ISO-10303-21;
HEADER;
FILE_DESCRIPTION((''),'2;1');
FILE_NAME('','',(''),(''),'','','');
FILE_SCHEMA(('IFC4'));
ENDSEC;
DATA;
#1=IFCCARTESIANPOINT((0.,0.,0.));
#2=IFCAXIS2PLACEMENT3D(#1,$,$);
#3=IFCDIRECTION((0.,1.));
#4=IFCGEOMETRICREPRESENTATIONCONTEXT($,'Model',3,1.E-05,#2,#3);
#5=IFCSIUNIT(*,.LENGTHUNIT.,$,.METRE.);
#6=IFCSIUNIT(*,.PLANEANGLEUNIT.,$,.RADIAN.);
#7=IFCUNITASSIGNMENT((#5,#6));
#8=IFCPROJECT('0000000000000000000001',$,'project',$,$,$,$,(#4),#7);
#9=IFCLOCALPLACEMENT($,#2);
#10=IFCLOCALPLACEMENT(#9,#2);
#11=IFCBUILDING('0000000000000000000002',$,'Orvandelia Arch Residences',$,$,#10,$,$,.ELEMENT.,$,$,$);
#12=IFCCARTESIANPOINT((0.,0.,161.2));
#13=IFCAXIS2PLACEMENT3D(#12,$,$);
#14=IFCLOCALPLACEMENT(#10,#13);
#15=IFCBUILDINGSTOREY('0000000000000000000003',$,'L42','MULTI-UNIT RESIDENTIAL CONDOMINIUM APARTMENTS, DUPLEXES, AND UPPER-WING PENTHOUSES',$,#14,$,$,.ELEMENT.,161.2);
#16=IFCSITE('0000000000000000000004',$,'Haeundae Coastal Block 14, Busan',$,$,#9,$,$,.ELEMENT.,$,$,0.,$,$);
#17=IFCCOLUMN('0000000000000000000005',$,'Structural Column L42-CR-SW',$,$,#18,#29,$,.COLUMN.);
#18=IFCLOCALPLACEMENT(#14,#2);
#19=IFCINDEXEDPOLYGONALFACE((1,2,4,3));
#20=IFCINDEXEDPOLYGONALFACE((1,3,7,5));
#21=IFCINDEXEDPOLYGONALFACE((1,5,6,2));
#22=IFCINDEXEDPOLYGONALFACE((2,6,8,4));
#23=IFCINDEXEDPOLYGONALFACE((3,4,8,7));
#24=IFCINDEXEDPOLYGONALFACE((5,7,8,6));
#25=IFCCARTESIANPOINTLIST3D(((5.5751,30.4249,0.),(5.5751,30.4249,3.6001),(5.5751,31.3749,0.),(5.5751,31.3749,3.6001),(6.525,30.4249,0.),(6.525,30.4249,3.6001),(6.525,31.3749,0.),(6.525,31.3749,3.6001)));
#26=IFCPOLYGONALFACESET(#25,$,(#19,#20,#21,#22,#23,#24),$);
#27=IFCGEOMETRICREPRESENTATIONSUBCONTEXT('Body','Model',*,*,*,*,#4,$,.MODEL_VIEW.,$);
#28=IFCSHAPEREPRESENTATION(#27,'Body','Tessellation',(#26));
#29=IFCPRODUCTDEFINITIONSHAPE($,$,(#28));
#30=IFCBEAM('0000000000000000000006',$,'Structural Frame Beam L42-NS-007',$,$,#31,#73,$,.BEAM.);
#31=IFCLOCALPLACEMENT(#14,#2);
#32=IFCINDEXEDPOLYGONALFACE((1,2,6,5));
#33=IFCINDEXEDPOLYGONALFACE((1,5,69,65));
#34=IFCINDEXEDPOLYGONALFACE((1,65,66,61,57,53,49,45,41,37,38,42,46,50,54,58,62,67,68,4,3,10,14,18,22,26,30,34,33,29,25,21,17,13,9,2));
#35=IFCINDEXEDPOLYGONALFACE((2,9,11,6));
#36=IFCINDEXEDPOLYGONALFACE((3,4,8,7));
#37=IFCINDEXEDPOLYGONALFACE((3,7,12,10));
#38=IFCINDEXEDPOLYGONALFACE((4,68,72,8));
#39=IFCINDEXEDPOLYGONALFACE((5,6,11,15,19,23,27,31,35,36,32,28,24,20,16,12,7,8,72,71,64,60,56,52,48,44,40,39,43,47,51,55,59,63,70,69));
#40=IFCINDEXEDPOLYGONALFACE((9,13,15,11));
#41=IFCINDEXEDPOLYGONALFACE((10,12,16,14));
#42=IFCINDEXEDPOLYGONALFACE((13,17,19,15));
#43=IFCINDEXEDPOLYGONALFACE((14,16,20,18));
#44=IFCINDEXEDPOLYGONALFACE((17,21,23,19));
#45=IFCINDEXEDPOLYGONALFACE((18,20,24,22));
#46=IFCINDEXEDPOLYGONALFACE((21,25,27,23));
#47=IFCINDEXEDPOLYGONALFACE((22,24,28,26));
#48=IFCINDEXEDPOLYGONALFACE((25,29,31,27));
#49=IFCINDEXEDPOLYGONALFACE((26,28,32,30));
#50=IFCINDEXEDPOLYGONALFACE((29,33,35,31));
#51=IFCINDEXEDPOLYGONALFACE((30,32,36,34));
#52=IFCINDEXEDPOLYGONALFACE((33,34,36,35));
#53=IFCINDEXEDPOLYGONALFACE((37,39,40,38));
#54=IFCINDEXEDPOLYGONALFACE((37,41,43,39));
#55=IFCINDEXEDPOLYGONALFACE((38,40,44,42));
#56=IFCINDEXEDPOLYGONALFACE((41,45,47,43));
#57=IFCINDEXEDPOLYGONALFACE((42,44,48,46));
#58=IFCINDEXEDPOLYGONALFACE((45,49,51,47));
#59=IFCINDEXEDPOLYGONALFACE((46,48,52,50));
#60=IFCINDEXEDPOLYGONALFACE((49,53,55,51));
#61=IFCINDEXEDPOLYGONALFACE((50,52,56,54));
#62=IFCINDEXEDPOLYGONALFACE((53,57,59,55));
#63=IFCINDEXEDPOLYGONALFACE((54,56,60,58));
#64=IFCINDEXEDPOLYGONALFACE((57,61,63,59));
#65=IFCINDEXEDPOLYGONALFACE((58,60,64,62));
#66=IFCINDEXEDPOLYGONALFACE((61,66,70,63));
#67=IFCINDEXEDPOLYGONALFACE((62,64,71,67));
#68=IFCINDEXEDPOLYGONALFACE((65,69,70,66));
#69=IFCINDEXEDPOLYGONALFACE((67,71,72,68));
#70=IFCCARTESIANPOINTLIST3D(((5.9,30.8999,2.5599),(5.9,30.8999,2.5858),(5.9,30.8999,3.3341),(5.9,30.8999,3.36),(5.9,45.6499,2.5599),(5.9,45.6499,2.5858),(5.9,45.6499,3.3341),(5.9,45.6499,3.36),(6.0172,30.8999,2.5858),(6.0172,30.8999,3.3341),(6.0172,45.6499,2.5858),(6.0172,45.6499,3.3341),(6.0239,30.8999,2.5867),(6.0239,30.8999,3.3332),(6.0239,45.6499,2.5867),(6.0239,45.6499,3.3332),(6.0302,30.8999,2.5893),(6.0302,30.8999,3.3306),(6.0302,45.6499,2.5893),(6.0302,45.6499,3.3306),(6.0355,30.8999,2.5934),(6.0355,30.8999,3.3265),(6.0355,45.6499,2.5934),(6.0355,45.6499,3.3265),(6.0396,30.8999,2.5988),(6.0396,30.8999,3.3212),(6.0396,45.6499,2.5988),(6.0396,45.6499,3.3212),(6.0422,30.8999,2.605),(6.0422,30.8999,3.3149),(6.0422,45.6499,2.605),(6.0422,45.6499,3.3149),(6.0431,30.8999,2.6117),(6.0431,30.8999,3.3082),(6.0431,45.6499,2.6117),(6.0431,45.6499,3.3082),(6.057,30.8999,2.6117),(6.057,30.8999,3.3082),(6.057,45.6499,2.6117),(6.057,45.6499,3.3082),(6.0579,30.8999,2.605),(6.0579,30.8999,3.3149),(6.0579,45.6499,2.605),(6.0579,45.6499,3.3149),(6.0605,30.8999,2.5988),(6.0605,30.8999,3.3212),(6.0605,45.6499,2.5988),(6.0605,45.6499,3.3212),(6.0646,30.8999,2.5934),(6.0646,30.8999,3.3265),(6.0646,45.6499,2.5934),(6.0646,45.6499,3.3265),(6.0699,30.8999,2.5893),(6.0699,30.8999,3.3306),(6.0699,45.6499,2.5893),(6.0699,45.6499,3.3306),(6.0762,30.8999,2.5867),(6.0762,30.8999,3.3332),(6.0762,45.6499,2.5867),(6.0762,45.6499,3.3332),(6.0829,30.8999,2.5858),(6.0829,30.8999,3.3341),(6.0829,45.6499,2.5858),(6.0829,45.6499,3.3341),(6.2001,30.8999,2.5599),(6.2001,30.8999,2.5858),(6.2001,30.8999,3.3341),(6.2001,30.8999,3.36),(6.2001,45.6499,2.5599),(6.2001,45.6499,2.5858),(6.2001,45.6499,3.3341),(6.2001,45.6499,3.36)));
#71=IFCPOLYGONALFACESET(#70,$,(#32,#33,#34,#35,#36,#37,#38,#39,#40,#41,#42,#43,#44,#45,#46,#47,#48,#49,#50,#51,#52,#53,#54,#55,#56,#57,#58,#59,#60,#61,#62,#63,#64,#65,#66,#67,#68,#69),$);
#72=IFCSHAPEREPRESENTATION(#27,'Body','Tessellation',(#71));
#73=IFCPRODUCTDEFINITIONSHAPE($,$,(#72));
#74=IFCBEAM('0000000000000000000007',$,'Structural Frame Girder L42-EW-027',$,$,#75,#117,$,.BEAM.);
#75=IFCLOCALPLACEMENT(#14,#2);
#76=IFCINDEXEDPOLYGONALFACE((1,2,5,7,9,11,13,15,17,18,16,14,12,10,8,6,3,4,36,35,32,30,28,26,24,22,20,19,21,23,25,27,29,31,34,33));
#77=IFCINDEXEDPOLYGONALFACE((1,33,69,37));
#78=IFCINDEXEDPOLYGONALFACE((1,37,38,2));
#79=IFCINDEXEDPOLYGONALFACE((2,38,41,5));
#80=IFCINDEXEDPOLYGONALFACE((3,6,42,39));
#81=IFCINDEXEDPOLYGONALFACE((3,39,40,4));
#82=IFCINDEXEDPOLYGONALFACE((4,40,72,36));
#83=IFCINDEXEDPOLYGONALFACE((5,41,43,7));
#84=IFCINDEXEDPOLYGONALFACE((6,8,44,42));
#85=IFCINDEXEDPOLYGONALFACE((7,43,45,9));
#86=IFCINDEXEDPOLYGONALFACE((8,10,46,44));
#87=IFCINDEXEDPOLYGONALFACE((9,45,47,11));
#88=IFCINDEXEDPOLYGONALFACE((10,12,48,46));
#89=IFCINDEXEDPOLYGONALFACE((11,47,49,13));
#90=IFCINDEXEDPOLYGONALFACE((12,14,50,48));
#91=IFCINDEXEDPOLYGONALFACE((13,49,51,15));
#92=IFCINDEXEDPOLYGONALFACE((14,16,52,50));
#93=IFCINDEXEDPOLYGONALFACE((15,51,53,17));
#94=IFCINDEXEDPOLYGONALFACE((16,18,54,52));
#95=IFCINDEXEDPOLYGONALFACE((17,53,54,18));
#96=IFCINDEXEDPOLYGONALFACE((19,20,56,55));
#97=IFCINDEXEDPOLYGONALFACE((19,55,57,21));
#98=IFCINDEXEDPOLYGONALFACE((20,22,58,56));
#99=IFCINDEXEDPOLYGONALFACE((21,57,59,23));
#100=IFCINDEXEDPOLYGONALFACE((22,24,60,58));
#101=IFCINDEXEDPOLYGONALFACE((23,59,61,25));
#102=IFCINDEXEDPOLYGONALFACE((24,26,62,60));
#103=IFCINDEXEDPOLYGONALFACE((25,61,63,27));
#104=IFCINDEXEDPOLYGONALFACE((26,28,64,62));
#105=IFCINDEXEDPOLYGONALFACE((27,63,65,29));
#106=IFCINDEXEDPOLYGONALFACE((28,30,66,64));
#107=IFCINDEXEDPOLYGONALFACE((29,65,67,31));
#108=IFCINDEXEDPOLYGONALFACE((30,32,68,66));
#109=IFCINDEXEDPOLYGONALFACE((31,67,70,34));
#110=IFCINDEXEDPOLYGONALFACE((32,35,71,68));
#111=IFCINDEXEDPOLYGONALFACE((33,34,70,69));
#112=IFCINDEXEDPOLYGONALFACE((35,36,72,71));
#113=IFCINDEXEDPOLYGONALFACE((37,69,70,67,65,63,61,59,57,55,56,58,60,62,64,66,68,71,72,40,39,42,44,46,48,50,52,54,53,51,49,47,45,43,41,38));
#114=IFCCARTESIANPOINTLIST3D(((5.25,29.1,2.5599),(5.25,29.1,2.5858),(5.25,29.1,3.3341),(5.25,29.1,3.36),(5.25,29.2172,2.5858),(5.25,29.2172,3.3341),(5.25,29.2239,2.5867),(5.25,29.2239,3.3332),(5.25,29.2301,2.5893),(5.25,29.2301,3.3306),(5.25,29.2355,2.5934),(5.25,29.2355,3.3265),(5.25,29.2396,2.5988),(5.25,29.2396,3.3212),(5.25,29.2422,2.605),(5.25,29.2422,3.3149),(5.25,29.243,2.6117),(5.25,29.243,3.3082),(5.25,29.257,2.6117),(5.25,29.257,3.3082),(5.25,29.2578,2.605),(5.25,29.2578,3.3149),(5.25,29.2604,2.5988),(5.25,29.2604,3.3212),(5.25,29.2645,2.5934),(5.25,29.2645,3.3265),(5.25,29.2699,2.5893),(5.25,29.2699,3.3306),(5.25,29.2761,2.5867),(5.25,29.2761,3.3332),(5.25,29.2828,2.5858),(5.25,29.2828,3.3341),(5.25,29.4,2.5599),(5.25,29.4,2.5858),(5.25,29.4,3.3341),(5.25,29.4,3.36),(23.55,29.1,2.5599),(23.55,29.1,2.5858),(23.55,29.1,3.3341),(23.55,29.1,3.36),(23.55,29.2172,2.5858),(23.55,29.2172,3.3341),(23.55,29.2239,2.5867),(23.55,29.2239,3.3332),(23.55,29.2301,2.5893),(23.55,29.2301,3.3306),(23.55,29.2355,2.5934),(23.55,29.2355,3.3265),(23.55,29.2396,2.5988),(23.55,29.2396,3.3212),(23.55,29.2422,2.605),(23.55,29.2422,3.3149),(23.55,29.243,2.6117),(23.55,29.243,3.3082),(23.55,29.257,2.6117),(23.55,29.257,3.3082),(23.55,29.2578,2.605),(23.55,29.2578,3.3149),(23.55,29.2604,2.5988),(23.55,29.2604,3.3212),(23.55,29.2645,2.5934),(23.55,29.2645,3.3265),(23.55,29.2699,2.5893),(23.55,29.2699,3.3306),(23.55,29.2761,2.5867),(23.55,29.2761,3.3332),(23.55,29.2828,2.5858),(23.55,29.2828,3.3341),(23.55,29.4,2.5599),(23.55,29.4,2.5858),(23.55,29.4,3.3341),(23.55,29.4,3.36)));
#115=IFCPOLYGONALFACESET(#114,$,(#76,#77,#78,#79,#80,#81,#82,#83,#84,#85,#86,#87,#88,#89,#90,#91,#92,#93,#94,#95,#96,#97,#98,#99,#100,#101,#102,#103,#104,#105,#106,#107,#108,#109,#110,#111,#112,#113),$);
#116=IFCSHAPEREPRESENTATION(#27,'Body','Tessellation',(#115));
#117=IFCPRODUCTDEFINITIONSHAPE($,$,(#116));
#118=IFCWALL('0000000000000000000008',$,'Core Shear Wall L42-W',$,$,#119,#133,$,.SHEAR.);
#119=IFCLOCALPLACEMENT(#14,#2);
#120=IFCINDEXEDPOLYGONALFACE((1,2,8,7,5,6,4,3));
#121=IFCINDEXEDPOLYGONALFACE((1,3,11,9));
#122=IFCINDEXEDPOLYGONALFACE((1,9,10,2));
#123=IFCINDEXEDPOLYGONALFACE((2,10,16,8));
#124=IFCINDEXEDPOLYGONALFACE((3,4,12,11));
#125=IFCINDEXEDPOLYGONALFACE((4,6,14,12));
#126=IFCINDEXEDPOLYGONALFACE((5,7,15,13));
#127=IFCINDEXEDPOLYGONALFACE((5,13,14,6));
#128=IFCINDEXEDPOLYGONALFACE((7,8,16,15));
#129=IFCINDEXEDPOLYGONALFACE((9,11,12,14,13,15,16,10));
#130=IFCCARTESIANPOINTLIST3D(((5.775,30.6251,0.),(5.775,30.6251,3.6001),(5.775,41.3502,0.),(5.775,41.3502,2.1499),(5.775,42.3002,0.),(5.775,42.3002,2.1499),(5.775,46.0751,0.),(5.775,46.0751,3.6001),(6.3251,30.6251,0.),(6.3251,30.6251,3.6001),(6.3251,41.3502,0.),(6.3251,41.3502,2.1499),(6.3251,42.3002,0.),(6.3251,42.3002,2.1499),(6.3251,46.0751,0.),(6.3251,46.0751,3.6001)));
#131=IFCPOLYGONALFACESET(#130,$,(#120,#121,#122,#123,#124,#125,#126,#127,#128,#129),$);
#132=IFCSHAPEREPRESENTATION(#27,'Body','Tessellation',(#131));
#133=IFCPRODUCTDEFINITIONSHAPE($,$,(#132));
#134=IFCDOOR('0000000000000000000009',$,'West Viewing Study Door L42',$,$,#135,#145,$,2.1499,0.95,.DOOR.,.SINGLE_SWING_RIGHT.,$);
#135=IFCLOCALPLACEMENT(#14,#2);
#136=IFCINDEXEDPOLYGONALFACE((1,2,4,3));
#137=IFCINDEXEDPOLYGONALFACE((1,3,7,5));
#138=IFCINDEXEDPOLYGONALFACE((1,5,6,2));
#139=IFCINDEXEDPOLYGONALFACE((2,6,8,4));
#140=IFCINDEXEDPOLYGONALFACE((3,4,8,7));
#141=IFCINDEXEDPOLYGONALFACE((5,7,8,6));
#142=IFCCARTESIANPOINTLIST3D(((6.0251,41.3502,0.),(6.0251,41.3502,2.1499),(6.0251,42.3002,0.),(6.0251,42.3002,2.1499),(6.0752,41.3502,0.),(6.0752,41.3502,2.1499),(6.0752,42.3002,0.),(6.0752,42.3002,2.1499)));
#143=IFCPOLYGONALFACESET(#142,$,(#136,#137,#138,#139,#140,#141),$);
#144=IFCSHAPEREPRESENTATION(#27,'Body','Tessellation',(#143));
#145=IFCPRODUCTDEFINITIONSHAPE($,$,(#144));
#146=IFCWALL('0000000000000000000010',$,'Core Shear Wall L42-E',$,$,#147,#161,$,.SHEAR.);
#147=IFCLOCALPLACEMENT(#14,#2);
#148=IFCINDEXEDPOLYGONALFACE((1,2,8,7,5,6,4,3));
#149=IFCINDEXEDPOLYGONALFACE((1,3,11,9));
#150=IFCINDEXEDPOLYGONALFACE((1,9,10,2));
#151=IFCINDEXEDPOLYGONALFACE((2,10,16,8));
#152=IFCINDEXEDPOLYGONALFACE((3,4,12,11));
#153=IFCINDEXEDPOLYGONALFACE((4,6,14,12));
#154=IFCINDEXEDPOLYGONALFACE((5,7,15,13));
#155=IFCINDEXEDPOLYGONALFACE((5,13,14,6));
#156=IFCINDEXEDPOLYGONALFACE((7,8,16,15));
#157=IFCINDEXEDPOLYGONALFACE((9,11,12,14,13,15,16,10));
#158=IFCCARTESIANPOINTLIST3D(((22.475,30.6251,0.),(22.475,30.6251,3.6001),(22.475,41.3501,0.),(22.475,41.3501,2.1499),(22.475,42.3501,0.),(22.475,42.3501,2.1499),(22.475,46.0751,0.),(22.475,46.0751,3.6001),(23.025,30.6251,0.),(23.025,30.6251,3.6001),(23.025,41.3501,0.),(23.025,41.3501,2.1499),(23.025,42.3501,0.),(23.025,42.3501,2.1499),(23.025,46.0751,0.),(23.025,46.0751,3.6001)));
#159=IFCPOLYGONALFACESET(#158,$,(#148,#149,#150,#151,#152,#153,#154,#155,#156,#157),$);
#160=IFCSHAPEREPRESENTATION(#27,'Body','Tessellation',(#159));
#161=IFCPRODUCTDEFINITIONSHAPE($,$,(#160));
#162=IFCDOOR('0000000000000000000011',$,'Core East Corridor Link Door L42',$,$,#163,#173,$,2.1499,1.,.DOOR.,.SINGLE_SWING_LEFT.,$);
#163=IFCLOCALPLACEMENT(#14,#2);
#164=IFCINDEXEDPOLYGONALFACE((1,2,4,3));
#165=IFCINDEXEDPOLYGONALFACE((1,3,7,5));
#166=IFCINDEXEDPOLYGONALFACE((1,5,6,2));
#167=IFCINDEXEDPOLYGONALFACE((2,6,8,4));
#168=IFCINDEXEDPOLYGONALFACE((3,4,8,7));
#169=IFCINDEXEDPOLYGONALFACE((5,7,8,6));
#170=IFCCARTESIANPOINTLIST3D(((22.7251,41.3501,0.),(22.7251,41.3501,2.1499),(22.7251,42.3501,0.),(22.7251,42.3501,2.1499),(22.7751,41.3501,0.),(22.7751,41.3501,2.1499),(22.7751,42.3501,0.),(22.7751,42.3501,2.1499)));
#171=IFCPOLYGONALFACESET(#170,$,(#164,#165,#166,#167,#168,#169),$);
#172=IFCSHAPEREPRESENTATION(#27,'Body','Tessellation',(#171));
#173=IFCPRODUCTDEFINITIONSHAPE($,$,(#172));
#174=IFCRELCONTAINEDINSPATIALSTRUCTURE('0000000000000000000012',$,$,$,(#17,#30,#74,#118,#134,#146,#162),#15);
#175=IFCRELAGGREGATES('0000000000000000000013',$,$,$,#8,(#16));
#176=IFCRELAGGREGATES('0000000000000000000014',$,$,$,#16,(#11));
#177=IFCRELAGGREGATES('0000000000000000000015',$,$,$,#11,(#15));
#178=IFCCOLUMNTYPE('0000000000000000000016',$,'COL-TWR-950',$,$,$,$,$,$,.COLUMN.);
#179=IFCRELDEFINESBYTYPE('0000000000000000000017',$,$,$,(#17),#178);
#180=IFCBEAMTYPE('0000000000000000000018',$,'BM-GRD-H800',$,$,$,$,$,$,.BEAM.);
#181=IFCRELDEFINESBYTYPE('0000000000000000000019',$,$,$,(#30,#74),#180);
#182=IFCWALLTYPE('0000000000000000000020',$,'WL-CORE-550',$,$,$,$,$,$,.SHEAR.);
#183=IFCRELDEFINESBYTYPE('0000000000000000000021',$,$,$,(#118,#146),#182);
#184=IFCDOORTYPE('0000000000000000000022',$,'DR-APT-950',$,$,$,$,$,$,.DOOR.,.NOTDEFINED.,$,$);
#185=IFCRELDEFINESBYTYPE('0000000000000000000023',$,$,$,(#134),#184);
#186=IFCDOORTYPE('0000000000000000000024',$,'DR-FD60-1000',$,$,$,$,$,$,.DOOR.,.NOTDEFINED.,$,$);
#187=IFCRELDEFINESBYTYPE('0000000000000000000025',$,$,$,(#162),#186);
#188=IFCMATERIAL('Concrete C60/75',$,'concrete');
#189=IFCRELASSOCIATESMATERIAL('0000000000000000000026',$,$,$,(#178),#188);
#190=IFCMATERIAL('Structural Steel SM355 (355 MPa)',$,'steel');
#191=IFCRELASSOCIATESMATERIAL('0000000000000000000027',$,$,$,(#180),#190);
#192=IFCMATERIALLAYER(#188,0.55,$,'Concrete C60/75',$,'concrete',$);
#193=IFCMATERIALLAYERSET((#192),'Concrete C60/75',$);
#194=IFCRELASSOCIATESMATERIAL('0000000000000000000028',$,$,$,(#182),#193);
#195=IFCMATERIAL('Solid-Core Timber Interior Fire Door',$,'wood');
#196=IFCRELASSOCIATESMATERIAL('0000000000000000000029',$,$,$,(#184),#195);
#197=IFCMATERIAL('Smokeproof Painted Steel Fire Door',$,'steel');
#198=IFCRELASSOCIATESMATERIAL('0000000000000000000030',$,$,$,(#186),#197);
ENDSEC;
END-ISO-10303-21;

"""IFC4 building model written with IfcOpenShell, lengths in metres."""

from ifc_helpers import new_model, si_unit, direction, frame, frame_2d, origin, origin_2d, place, context, subcontext, project, spatial, rectangle, i_section, extrude, material, layer, layer_set, material_profile, profile_set, type_object, element, fill, save


model = new_model("IFC4")

# Units and contexts
model_context = context("Model", 3, precision=1e-05, world=origin(), true_north=direction((0.0, 1.0)))
body_context = subcontext(model_context, "Body", "Model", "MODEL_VIEW")
ifc_project = project(units=[si_unit("LENGTHUNIT", "METRE"), si_unit("PLANEANGLEUNIT", "RADIAN")], contexts=[model_context])

# Site, building, storey
site_placement = place(None, origin())
site = spatial("IfcSite", under=ifc_project, at=site_placement, Name="Haeundae Coastal Block 14, Busan", CompositionType="ELEMENT", RefElevation=0.0)
building_placement = place(site_placement, origin())
building = spatial("IfcBuilding", under=site, at=building_placement, Name="Orvandelia Arch Residences", CompositionType="ELEMENT")
storey_placement = place(building_placement, frame((0.0, 0.0, 161.2)))
storey = spatial("IfcBuildingStorey", under=building, at=storey_placement, Name="L42", Description="MULTI-UNIT RESIDENTIAL CONDOMINIUM APARTMENTS, DUPLEXES, AND UPPER-WING PENTHOUSES", CompositionType="ELEMENT", Elevation=161.2)

# Column
ifc_material_1 = material(Name="Concrete C60/75", Category="concrete")
ifc_material_profile_1 = material_profile(ifc_material_1, rectangle(XDim=0.95, YDim=0.95, at=origin_2d()), Name="Concrete C60/75", Category="concrete")
ifc_profile_set_1 = profile_set([ifc_material_profile_1], Name="Concrete C60/75")
column_type = type_object("IfcColumnType", Name="COL-TWR-950", PredefinedType="COLUMN", material=ifc_profile_set_1)
column_placement = place(storey_placement, frame((6.05, 30.8999, 0.0), z_axis=(0.0, 0.0, 1.0), x_axis=(1.0, 0.0, 0.0)))
element("IfcColumn", 1, at=column_placement, inside=storey, type_object=column_type, Name="Structural Column L42-CR-SW", PredefinedType="COLUMN", context=body_context, shape_type="SweptSolid", body=[
    extrude(rectangle(XDim=0.95, YDim=0.95, at=origin_2d()), origin(), (0.0, 0.0, 1.0), 3.6001),
])

# Beams
ifc_material_2 = material(Name="Structural Steel SM355 (355 MPa)", Category="steel")
ifc_material_profile_2 = material_profile(ifc_material_2, i_section(OverallWidth=0.3, OverallDepth=0.8, WebThickness=0.0139, FlangeThickness=0.0259, FilletRadius=0.0259, at=origin_2d()), Name="Structural Steel SM355 (355 MPa)", Category="steel")
ifc_profile_set_2 = profile_set([ifc_material_profile_2], Name="Structural Steel SM355 (355 MPa)")
beam_type = type_object("IfcBeamType", Name="BM-GRD-H800", PredefinedType="BEAM", material=ifc_profile_set_2)
beam_1_placement = place(storey_placement, frame((6.05, 30.8999, 2.96), z_axis=(0.0, 1.0, 0.0), x_axis=(-1.0, 0.0, 0.0)))
element("IfcBeam", 2, at=beam_1_placement, inside=storey, type_object=beam_type, Name="Structural Frame Beam L42-NS-007", PredefinedType="BEAM", context=body_context, shape_type="SweptSolid", body=[
    extrude(i_section(OverallWidth=0.3, OverallDepth=0.8, WebThickness=0.0139, FlangeThickness=0.0259, FilletRadius=0.0259, at=origin_2d()), origin(), (0.0, 0.0, 1.0), 14.75),
])
beam_2_placement = place(storey_placement, frame((5.25, 29.25, 2.96), z_axis=(1.0, 0.0, 0.0), x_axis=(0.0, 1.0, 0.0)))
element("IfcBeam", 3, at=beam_2_placement, inside=storey, type_object=beam_type, Name="Structural Frame Girder L42-EW-027", PredefinedType="BEAM", context=body_context, shape_type="SweptSolid", body=[
    extrude(i_section(OverallWidth=0.3, OverallDepth=0.8, WebThickness=0.0139, FlangeThickness=0.0259, FilletRadius=0.0259, at=origin_2d()), origin(), (0.0, 0.0, 1.0), 18.3),
])

# Walls, openings, doors
ifc_layer_1 = layer(ifc_material_1, 0.55, Name="Concrete C60/75", Category="concrete")
ifc_layer_set_1 = layer_set([ifc_layer_1], Name="Concrete C60/75")
wall_type_1 = type_object("IfcWallType", Name="WL-CORE-550", PredefinedType="SHEAR", material=ifc_layer_set_1)
wall_1_placement = place(storey_placement, frame((6.05, 30.625, 0.0), z_axis=(0.0, 0.0, 1.0), x_axis=(0.0, 1.0, 0.0)))
wall_1 = element("IfcWall", 4, at=wall_1_placement, inside=storey, type_object=wall_type_1, Name="Core Shear Wall L42-W", PredefinedType="SHEAR", context=body_context, shape_type="SweptSolid", body=[
    extrude(rectangle(XDim=15.45, YDim=0.55, at=frame_2d((7.7251, 0.0))), origin(), (0.0, 0.0, 1.0), 3.6001),
])
opening_1_placement = place(wall_1_placement, frame((10.7251, 0.0, 0.0)))
opening_1 = element("IfcOpeningElement", 5, at=opening_1_placement, cuts=wall_1, PredefinedType="OPENING", context=body_context, shape_type="SweptSolid", body=[
    extrude(rectangle(XDim=0.95, YDim=2.1499, at=frame_2d((0.4751, 1.075))), frame((0.0, 0.2852, 0.0), z_axis=(0.0, -1.0, 0.0), x_axis=(1.0, 0.0, 0.0)), (0.0, 0.0, 1.0), 0.5701),
])
ifc_material_3 = material(Name="Solid-Core Timber Interior Fire Door", Category="wood")
door_type_1 = type_object("IfcDoorType", Name="DR-APT-950", OperationType="NOTDEFINED", PredefinedType="DOOR", material=ifc_material_3)
door_1_placement = place(opening_1_placement, origin())
door_1 = element("IfcDoor", 6, at=door_1_placement, inside=storey, type_object=door_type_1, Name="West Viewing Study Door L42", OperationType="SINGLE_SWING_RIGHT", OverallHeight=2.1499, OverallWidth=0.95, PredefinedType="DOOR", context=body_context, shape_type="SweptSolid", body=[
    extrude(rectangle(XDim=0.95, YDim=2.1499, at=frame_2d((0.4751, 1.075))), frame((0.0, 0.0249, 0.0), z_axis=(0.0, -1.0, 0.0), x_axis=(1.0, 0.0, 0.0)), (0.0, 0.0, 1.0), 0.05),
])
fill(opening_1, door_1)
wall_2_placement = place(storey_placement, frame((22.75, 30.625, 0.0), z_axis=(0.0, 0.0, 1.0), x_axis=(0.0, 1.0, 0.0)))
wall_2 = element("IfcWall", 7, at=wall_2_placement, inside=storey, type_object=wall_type_1, Name="Core Shear Wall L42-E", PredefinedType="SHEAR", context=body_context, shape_type="SweptSolid", body=[
    extrude(rectangle(XDim=15.45, YDim=0.55, at=frame_2d((7.7251, 0.0))), origin(), (0.0, 0.0, 1.0), 3.6001),
])
opening_2_placement = place(wall_2_placement, frame((10.7251, 0.0, 0.0)))
opening_2 = element("IfcOpeningElement", 8, at=opening_2_placement, cuts=wall_2, PredefinedType="OPENING", context=body_context, shape_type="SweptSolid", body=[
    extrude(rectangle(XDim=1.0, YDim=2.1499, at=frame_2d((0.5, 1.075))), frame((0.0, 0.2852, 0.0), z_axis=(0.0, -1.0, 0.0), x_axis=(1.0, 0.0, 0.0)), (0.0, 0.0, 1.0), 0.5701),
])
ifc_material_4 = material(Name="Smokeproof Painted Steel Fire Door", Category="steel")
door_type_2 = type_object("IfcDoorType", Name="DR-FD60-1000", OperationType="NOTDEFINED", PredefinedType="DOOR", material=ifc_material_4)
door_2_placement = place(opening_2_placement, origin())
door_2 = element("IfcDoor", 9, at=door_2_placement, inside=storey, type_object=door_type_2, Name="Core East Corridor Link Door L42", OperationType="SINGLE_SWING_LEFT", OverallHeight=2.1499, OverallWidth=1.0, PredefinedType="DOOR", context=body_context, shape_type="SweptSolid", body=[
    extrude(rectangle(XDim=1.0, YDim=2.1499, at=frame_2d((0.5, 1.075))), frame((0.0, 0.0249, 0.0), z_axis=(0.0, -1.0, 0.0), x_axis=(1.0, 0.0, 0.0)), (0.0, 0.0, 1.0), 0.05),
])
fill(opening_2, door_2)

save(model, "model.ifc")
